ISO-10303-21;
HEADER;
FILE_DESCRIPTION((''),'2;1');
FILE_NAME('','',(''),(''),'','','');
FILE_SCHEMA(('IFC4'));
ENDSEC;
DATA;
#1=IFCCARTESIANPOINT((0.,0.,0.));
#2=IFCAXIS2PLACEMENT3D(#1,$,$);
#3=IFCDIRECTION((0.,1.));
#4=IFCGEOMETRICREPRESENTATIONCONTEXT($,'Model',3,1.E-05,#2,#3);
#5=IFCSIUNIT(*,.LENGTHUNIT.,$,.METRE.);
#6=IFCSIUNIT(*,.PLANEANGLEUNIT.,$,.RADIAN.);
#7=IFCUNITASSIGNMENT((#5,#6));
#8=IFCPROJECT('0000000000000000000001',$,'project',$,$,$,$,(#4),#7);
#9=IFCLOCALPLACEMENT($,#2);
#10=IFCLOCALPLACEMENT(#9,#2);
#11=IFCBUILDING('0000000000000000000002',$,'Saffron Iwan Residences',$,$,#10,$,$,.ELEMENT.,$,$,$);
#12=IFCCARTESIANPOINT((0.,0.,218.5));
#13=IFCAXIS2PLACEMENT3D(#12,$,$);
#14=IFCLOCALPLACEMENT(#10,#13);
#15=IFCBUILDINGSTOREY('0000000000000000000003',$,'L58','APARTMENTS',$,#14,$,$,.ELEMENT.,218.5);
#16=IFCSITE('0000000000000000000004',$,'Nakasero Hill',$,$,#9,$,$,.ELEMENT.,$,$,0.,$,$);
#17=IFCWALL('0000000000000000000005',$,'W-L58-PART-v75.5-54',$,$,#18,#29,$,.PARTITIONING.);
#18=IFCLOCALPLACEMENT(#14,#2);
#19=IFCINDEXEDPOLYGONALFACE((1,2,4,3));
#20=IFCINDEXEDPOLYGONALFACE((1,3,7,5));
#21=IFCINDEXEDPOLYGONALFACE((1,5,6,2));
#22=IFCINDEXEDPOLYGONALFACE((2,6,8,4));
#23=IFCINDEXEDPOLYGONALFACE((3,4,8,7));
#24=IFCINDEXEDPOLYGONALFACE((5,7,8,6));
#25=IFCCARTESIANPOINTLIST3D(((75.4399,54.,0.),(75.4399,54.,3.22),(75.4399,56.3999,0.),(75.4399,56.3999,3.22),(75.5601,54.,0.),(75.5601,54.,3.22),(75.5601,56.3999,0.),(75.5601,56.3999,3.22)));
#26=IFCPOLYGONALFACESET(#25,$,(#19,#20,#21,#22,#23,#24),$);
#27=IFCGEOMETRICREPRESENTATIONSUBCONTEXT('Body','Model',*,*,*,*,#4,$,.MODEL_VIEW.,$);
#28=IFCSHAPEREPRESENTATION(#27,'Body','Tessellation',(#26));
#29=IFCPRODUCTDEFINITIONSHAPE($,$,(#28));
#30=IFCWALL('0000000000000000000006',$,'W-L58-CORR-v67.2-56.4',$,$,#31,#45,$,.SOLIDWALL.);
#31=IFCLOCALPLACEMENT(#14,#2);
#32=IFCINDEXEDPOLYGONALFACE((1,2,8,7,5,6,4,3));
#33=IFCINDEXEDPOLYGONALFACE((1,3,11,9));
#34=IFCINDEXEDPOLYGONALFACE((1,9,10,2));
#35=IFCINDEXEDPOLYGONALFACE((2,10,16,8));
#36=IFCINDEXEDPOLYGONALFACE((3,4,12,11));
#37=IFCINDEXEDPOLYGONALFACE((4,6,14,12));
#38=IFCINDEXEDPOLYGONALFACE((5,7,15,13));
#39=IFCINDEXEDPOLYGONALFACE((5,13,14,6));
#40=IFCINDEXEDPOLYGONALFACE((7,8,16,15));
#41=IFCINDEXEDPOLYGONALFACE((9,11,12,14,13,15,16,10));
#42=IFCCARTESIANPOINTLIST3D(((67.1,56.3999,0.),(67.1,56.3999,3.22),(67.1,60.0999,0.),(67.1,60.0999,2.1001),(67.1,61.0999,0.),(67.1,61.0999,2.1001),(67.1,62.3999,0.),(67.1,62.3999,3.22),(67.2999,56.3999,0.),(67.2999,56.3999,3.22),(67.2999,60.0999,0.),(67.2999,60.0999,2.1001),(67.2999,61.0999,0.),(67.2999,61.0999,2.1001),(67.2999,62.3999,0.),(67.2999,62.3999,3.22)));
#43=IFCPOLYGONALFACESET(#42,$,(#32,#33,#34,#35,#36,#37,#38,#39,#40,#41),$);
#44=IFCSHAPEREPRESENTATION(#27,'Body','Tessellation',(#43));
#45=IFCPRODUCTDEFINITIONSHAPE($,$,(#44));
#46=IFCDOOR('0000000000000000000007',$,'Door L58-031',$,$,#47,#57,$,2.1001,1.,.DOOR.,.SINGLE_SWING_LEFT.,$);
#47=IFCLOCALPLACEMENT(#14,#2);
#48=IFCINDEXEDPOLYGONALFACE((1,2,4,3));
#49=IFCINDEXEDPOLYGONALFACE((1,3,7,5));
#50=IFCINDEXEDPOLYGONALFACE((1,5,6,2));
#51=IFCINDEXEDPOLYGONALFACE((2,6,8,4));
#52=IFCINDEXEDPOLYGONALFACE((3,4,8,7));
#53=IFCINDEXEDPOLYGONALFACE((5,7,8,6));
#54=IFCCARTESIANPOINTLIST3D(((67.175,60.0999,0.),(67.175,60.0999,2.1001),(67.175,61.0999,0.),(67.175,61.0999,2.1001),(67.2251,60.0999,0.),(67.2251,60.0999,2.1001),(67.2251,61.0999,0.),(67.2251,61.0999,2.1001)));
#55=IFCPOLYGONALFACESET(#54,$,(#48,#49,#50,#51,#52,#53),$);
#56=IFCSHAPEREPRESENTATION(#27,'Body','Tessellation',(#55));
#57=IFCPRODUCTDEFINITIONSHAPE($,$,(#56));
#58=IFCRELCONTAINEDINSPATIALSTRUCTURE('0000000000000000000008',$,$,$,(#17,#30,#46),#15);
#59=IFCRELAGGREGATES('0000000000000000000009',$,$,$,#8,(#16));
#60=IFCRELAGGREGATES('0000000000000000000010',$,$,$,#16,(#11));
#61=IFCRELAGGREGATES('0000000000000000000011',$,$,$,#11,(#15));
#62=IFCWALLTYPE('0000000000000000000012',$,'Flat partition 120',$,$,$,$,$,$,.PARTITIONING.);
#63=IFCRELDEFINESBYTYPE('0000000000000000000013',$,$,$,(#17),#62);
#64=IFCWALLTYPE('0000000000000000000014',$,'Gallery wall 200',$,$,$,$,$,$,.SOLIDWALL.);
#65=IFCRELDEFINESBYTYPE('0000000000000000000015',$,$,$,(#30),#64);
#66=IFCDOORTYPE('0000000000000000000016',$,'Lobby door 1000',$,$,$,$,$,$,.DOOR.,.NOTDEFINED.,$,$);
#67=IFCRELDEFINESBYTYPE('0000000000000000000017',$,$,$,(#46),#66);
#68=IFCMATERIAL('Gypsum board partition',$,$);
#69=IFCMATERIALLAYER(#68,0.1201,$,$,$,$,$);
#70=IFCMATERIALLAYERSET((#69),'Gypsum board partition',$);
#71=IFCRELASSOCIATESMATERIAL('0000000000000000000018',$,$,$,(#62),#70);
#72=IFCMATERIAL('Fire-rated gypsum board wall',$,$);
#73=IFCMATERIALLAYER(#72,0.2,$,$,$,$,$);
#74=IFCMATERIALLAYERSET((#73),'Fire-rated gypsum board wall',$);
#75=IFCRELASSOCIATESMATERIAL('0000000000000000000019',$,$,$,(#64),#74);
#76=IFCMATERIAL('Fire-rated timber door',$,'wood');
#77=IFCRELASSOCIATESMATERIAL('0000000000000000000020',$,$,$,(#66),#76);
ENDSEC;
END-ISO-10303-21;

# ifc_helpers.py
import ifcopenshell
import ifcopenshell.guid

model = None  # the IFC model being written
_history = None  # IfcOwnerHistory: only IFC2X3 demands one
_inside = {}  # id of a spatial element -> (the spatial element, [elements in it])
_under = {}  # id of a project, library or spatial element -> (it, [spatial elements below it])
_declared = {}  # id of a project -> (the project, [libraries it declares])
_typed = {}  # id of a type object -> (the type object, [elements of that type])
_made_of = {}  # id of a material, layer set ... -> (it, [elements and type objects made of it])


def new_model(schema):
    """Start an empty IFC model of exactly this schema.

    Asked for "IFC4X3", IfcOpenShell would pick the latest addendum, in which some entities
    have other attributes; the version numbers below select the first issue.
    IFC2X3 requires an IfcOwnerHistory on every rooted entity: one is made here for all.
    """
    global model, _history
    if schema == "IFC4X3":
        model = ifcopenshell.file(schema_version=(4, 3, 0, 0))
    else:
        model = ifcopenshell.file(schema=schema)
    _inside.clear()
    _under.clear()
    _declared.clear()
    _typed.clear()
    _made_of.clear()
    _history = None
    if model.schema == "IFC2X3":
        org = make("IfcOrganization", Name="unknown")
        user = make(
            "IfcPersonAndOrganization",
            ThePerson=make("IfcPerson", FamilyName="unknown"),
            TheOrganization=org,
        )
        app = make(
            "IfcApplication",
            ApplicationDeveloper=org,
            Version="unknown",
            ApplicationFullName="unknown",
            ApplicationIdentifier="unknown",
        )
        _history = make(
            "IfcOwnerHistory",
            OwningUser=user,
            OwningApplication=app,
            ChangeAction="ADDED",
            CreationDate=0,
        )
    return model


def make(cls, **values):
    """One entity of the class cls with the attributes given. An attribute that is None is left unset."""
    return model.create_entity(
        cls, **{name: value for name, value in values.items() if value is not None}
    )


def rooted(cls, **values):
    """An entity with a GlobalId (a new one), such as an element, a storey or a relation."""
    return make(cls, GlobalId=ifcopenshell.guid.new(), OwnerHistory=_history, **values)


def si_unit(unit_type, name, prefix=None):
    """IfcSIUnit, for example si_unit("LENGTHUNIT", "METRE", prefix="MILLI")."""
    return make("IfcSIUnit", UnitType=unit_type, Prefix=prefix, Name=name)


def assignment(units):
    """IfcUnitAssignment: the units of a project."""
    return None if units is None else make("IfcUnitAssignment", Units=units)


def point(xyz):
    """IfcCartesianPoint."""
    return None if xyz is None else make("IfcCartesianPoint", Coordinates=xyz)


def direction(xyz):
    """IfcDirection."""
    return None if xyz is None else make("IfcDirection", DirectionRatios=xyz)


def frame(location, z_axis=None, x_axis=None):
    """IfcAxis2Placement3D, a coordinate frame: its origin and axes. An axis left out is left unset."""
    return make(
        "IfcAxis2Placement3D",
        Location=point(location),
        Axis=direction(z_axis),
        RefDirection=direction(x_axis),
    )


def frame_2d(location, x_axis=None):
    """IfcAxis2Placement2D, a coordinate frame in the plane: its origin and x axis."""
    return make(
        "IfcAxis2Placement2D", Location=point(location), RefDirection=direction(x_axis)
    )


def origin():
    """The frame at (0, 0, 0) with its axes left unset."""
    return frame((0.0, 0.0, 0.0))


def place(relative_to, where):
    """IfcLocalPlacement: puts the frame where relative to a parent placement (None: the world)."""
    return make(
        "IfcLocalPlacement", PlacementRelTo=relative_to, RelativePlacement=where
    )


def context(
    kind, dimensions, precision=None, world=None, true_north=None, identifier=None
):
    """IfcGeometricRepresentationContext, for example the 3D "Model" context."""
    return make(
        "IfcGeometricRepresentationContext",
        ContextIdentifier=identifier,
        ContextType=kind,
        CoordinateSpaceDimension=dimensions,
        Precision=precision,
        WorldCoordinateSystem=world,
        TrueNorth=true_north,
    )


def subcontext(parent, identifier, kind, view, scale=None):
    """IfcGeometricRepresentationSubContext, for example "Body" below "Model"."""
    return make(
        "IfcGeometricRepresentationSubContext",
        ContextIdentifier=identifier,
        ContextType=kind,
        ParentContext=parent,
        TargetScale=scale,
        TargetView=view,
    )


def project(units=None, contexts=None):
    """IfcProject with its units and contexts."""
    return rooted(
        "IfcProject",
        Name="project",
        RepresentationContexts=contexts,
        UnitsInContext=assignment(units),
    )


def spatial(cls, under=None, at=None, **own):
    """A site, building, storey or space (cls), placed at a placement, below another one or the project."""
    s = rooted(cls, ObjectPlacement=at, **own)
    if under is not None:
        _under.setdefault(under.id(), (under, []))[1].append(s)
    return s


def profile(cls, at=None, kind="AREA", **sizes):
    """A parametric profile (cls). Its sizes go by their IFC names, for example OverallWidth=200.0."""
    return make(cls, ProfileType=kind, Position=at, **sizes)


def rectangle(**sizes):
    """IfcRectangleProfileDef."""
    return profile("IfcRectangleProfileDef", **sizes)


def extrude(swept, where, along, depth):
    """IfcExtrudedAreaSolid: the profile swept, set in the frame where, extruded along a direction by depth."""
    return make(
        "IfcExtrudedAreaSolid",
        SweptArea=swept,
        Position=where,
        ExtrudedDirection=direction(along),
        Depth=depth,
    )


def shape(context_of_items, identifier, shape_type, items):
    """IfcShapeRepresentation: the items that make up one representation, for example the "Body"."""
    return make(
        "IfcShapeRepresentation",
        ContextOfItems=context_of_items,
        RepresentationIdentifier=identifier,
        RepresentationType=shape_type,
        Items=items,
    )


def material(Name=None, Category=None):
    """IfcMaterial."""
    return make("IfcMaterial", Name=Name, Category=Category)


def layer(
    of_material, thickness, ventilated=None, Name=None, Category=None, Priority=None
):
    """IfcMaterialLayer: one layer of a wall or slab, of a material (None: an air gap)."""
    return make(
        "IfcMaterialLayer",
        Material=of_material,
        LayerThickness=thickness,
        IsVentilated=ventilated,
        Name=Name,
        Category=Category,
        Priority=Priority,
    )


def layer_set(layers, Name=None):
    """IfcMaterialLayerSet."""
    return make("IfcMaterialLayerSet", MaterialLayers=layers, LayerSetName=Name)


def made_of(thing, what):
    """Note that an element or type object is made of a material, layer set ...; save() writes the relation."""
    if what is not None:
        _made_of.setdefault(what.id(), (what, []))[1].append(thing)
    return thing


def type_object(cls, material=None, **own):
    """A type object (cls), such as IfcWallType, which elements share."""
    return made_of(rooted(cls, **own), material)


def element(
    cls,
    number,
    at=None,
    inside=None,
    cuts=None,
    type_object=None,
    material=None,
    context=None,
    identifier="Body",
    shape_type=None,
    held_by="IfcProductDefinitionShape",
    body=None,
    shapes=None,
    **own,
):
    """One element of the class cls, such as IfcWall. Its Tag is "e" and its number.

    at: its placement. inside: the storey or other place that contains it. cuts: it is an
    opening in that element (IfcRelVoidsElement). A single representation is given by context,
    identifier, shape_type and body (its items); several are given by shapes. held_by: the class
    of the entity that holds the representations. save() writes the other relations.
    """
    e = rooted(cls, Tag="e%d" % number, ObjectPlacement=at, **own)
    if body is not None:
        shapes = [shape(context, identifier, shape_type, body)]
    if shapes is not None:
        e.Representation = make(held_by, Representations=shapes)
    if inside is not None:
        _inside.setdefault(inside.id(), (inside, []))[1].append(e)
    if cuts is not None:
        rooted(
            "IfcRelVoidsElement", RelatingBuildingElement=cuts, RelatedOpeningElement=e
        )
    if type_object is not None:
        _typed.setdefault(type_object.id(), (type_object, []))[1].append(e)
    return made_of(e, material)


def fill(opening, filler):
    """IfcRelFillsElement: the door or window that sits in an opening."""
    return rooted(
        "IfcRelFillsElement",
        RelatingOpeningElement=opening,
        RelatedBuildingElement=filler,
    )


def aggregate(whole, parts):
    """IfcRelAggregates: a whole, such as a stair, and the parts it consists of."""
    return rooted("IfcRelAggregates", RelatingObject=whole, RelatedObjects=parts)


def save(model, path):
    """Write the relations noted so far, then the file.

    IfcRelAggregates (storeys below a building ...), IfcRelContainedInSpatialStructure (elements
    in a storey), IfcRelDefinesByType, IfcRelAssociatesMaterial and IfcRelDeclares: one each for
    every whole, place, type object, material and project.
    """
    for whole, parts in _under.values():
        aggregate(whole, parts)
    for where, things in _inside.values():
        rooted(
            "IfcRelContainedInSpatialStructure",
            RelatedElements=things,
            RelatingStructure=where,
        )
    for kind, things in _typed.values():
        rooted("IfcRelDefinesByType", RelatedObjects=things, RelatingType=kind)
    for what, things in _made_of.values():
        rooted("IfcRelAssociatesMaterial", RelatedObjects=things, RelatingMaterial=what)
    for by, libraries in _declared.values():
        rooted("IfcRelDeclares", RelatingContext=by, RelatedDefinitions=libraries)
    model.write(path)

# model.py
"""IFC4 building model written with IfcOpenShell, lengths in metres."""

from ifc_helpers import new_model, si_unit, direction, frame, frame_2d, origin, place, context, subcontext, project, spatial, rectangle, extrude, material, layer, layer_set, type_object, element, fill, save


model = new_model("IFC4")

# Units and contexts
model_context = context("Model", 3, precision=1e-05, world=origin(), true_north=direction((0.0, 1.0)))
body_context = subcontext(model_context, "Body", "Model", "MODEL_VIEW")
ifc_project = project(units=[si_unit("LENGTHUNIT", "METRE"), si_unit("PLANEANGLEUNIT", "RADIAN")], contexts=[model_context])

# Site, building, storey
site_placement = place(None, origin())
site = spatial("IfcSite", under=ifc_project, at=site_placement, Name="Nakasero Hill", CompositionType="ELEMENT", RefElevation=0.0)
building_placement = place(site_placement, origin())
building = spatial("IfcBuilding", under=site, at=building_placement, Name="Saffron Iwan Residences", CompositionType="ELEMENT")
storey_placement = place(building_placement, frame((0.0, 0.0, 218.5)))
storey = spatial("IfcBuildingStorey", under=building, at=storey_placement, Name="L58", Description="APARTMENTS", CompositionType="ELEMENT", Elevation=218.5)

# Shared definitions
ifc_material_1 = material(Name="Fire-rated gypsum board wall")

# Shared definitions
ifc_material_2 = material(Name="Gypsum board partition")
ifc_layer_1 = layer(ifc_material_2, 0.1201)
ifc_layer_set_1 = layer_set([ifc_layer_1], Name="Gypsum board partition")
wall_type_1 = type_object("IfcWallType", Name="Flat partition 120", PredefinedType="PARTITIONING", material=ifc_layer_set_1)

# Wall
wall_1_placement = place(storey_placement, frame((75.5, 54.0, 0.0), z_axis=(0.0, 0.0, 1.0), x_axis=(0.0, 1.0, 0.0)))
element("IfcWall", 1, at=wall_1_placement, inside=storey, type_object=wall_type_1, Name="W-L58-PART-v75.5-54", PredefinedType="PARTITIONING", context=body_context, shape_type="SweptSolid", body=[
    extrude(rectangle(XDim=2.3999, YDim=0.1201, at=frame_2d((1.2, 0.0))), origin(), (0.0, 0.0, 1.0), 3.22),
])

# Wall, opening, door
ifc_layer_2 = layer(ifc_material_1, 0.2)
ifc_layer_set_2 = layer_set([ifc_layer_2], Name="Fire-rated gypsum board wall")
wall_type_2 = type_object("IfcWallType", Name="Gallery wall 200", PredefinedType="SOLIDWALL", material=ifc_layer_set_2)
wall_2_placement = place(storey_placement, frame((67.2, 56.3999, 0.0), z_axis=(0.0, 0.0, 1.0), x_axis=(0.0, 1.0, 0.0)))
wall_2 = element("IfcWall", 2, at=wall_2_placement, inside=storey, type_object=wall_type_2, Name="W-L58-CORR-v67.2-56.4", PredefinedType="SOLIDWALL", context=body_context, shape_type="SweptSolid", body=[
    extrude(rectangle(XDim=6.0, YDim=0.2, at=frame_2d((3.0, 0.0))), origin(), (0.0, 0.0, 1.0), 3.22),
])
opening_1_placement = place(wall_2_placement, frame((3.7, 0.0, 0.0)))
opening_1 = element("IfcOpeningElement", 3, at=opening_1_placement, cuts=wall_2, PredefinedType="OPENING", context=body_context, shape_type="SweptSolid", body=[
    extrude(rectangle(XDim=1.0, YDim=2.1001, at=frame_2d((0.5, 1.05))), frame((0.0, 0.1099, 0.0), z_axis=(0.0, -1.0, 0.0), x_axis=(1.0, 0.0, 0.0)), (0.0, 0.0, 1.0), 0.22),
])
ifc_material_3 = material(Name="Fire-rated timber door", Category="wood")
door_type_1 = type_object("IfcDoorType", Name="Lobby door 1000", OperationType="NOTDEFINED", PredefinedType="DOOR", material=ifc_material_3)
door_1_placement = place(opening_1_placement, origin())
door_1 = element("IfcDoor", 4, at=door_1_placement, inside=storey, type_object=door_type_1, Name="Door L58-031", OperationType="SINGLE_SWING_LEFT", OverallHeight=2.1001, OverallWidth=1.0, PredefinedType="DOOR", context=body_context, shape_type="SweptSolid", body=[
    extrude(rectangle(XDim=1.0, YDim=2.1001, at=frame_2d((0.5, 1.05))), frame((0.0, 0.0249, 0.0), z_axis=(0.0, -1.0, 0.0), x_axis=(1.0, 0.0, 0.0)), (0.0, 0.0, 1.0), 0.05),
])
fill(opening_1, door_1)

save(model, "model.ifc")
